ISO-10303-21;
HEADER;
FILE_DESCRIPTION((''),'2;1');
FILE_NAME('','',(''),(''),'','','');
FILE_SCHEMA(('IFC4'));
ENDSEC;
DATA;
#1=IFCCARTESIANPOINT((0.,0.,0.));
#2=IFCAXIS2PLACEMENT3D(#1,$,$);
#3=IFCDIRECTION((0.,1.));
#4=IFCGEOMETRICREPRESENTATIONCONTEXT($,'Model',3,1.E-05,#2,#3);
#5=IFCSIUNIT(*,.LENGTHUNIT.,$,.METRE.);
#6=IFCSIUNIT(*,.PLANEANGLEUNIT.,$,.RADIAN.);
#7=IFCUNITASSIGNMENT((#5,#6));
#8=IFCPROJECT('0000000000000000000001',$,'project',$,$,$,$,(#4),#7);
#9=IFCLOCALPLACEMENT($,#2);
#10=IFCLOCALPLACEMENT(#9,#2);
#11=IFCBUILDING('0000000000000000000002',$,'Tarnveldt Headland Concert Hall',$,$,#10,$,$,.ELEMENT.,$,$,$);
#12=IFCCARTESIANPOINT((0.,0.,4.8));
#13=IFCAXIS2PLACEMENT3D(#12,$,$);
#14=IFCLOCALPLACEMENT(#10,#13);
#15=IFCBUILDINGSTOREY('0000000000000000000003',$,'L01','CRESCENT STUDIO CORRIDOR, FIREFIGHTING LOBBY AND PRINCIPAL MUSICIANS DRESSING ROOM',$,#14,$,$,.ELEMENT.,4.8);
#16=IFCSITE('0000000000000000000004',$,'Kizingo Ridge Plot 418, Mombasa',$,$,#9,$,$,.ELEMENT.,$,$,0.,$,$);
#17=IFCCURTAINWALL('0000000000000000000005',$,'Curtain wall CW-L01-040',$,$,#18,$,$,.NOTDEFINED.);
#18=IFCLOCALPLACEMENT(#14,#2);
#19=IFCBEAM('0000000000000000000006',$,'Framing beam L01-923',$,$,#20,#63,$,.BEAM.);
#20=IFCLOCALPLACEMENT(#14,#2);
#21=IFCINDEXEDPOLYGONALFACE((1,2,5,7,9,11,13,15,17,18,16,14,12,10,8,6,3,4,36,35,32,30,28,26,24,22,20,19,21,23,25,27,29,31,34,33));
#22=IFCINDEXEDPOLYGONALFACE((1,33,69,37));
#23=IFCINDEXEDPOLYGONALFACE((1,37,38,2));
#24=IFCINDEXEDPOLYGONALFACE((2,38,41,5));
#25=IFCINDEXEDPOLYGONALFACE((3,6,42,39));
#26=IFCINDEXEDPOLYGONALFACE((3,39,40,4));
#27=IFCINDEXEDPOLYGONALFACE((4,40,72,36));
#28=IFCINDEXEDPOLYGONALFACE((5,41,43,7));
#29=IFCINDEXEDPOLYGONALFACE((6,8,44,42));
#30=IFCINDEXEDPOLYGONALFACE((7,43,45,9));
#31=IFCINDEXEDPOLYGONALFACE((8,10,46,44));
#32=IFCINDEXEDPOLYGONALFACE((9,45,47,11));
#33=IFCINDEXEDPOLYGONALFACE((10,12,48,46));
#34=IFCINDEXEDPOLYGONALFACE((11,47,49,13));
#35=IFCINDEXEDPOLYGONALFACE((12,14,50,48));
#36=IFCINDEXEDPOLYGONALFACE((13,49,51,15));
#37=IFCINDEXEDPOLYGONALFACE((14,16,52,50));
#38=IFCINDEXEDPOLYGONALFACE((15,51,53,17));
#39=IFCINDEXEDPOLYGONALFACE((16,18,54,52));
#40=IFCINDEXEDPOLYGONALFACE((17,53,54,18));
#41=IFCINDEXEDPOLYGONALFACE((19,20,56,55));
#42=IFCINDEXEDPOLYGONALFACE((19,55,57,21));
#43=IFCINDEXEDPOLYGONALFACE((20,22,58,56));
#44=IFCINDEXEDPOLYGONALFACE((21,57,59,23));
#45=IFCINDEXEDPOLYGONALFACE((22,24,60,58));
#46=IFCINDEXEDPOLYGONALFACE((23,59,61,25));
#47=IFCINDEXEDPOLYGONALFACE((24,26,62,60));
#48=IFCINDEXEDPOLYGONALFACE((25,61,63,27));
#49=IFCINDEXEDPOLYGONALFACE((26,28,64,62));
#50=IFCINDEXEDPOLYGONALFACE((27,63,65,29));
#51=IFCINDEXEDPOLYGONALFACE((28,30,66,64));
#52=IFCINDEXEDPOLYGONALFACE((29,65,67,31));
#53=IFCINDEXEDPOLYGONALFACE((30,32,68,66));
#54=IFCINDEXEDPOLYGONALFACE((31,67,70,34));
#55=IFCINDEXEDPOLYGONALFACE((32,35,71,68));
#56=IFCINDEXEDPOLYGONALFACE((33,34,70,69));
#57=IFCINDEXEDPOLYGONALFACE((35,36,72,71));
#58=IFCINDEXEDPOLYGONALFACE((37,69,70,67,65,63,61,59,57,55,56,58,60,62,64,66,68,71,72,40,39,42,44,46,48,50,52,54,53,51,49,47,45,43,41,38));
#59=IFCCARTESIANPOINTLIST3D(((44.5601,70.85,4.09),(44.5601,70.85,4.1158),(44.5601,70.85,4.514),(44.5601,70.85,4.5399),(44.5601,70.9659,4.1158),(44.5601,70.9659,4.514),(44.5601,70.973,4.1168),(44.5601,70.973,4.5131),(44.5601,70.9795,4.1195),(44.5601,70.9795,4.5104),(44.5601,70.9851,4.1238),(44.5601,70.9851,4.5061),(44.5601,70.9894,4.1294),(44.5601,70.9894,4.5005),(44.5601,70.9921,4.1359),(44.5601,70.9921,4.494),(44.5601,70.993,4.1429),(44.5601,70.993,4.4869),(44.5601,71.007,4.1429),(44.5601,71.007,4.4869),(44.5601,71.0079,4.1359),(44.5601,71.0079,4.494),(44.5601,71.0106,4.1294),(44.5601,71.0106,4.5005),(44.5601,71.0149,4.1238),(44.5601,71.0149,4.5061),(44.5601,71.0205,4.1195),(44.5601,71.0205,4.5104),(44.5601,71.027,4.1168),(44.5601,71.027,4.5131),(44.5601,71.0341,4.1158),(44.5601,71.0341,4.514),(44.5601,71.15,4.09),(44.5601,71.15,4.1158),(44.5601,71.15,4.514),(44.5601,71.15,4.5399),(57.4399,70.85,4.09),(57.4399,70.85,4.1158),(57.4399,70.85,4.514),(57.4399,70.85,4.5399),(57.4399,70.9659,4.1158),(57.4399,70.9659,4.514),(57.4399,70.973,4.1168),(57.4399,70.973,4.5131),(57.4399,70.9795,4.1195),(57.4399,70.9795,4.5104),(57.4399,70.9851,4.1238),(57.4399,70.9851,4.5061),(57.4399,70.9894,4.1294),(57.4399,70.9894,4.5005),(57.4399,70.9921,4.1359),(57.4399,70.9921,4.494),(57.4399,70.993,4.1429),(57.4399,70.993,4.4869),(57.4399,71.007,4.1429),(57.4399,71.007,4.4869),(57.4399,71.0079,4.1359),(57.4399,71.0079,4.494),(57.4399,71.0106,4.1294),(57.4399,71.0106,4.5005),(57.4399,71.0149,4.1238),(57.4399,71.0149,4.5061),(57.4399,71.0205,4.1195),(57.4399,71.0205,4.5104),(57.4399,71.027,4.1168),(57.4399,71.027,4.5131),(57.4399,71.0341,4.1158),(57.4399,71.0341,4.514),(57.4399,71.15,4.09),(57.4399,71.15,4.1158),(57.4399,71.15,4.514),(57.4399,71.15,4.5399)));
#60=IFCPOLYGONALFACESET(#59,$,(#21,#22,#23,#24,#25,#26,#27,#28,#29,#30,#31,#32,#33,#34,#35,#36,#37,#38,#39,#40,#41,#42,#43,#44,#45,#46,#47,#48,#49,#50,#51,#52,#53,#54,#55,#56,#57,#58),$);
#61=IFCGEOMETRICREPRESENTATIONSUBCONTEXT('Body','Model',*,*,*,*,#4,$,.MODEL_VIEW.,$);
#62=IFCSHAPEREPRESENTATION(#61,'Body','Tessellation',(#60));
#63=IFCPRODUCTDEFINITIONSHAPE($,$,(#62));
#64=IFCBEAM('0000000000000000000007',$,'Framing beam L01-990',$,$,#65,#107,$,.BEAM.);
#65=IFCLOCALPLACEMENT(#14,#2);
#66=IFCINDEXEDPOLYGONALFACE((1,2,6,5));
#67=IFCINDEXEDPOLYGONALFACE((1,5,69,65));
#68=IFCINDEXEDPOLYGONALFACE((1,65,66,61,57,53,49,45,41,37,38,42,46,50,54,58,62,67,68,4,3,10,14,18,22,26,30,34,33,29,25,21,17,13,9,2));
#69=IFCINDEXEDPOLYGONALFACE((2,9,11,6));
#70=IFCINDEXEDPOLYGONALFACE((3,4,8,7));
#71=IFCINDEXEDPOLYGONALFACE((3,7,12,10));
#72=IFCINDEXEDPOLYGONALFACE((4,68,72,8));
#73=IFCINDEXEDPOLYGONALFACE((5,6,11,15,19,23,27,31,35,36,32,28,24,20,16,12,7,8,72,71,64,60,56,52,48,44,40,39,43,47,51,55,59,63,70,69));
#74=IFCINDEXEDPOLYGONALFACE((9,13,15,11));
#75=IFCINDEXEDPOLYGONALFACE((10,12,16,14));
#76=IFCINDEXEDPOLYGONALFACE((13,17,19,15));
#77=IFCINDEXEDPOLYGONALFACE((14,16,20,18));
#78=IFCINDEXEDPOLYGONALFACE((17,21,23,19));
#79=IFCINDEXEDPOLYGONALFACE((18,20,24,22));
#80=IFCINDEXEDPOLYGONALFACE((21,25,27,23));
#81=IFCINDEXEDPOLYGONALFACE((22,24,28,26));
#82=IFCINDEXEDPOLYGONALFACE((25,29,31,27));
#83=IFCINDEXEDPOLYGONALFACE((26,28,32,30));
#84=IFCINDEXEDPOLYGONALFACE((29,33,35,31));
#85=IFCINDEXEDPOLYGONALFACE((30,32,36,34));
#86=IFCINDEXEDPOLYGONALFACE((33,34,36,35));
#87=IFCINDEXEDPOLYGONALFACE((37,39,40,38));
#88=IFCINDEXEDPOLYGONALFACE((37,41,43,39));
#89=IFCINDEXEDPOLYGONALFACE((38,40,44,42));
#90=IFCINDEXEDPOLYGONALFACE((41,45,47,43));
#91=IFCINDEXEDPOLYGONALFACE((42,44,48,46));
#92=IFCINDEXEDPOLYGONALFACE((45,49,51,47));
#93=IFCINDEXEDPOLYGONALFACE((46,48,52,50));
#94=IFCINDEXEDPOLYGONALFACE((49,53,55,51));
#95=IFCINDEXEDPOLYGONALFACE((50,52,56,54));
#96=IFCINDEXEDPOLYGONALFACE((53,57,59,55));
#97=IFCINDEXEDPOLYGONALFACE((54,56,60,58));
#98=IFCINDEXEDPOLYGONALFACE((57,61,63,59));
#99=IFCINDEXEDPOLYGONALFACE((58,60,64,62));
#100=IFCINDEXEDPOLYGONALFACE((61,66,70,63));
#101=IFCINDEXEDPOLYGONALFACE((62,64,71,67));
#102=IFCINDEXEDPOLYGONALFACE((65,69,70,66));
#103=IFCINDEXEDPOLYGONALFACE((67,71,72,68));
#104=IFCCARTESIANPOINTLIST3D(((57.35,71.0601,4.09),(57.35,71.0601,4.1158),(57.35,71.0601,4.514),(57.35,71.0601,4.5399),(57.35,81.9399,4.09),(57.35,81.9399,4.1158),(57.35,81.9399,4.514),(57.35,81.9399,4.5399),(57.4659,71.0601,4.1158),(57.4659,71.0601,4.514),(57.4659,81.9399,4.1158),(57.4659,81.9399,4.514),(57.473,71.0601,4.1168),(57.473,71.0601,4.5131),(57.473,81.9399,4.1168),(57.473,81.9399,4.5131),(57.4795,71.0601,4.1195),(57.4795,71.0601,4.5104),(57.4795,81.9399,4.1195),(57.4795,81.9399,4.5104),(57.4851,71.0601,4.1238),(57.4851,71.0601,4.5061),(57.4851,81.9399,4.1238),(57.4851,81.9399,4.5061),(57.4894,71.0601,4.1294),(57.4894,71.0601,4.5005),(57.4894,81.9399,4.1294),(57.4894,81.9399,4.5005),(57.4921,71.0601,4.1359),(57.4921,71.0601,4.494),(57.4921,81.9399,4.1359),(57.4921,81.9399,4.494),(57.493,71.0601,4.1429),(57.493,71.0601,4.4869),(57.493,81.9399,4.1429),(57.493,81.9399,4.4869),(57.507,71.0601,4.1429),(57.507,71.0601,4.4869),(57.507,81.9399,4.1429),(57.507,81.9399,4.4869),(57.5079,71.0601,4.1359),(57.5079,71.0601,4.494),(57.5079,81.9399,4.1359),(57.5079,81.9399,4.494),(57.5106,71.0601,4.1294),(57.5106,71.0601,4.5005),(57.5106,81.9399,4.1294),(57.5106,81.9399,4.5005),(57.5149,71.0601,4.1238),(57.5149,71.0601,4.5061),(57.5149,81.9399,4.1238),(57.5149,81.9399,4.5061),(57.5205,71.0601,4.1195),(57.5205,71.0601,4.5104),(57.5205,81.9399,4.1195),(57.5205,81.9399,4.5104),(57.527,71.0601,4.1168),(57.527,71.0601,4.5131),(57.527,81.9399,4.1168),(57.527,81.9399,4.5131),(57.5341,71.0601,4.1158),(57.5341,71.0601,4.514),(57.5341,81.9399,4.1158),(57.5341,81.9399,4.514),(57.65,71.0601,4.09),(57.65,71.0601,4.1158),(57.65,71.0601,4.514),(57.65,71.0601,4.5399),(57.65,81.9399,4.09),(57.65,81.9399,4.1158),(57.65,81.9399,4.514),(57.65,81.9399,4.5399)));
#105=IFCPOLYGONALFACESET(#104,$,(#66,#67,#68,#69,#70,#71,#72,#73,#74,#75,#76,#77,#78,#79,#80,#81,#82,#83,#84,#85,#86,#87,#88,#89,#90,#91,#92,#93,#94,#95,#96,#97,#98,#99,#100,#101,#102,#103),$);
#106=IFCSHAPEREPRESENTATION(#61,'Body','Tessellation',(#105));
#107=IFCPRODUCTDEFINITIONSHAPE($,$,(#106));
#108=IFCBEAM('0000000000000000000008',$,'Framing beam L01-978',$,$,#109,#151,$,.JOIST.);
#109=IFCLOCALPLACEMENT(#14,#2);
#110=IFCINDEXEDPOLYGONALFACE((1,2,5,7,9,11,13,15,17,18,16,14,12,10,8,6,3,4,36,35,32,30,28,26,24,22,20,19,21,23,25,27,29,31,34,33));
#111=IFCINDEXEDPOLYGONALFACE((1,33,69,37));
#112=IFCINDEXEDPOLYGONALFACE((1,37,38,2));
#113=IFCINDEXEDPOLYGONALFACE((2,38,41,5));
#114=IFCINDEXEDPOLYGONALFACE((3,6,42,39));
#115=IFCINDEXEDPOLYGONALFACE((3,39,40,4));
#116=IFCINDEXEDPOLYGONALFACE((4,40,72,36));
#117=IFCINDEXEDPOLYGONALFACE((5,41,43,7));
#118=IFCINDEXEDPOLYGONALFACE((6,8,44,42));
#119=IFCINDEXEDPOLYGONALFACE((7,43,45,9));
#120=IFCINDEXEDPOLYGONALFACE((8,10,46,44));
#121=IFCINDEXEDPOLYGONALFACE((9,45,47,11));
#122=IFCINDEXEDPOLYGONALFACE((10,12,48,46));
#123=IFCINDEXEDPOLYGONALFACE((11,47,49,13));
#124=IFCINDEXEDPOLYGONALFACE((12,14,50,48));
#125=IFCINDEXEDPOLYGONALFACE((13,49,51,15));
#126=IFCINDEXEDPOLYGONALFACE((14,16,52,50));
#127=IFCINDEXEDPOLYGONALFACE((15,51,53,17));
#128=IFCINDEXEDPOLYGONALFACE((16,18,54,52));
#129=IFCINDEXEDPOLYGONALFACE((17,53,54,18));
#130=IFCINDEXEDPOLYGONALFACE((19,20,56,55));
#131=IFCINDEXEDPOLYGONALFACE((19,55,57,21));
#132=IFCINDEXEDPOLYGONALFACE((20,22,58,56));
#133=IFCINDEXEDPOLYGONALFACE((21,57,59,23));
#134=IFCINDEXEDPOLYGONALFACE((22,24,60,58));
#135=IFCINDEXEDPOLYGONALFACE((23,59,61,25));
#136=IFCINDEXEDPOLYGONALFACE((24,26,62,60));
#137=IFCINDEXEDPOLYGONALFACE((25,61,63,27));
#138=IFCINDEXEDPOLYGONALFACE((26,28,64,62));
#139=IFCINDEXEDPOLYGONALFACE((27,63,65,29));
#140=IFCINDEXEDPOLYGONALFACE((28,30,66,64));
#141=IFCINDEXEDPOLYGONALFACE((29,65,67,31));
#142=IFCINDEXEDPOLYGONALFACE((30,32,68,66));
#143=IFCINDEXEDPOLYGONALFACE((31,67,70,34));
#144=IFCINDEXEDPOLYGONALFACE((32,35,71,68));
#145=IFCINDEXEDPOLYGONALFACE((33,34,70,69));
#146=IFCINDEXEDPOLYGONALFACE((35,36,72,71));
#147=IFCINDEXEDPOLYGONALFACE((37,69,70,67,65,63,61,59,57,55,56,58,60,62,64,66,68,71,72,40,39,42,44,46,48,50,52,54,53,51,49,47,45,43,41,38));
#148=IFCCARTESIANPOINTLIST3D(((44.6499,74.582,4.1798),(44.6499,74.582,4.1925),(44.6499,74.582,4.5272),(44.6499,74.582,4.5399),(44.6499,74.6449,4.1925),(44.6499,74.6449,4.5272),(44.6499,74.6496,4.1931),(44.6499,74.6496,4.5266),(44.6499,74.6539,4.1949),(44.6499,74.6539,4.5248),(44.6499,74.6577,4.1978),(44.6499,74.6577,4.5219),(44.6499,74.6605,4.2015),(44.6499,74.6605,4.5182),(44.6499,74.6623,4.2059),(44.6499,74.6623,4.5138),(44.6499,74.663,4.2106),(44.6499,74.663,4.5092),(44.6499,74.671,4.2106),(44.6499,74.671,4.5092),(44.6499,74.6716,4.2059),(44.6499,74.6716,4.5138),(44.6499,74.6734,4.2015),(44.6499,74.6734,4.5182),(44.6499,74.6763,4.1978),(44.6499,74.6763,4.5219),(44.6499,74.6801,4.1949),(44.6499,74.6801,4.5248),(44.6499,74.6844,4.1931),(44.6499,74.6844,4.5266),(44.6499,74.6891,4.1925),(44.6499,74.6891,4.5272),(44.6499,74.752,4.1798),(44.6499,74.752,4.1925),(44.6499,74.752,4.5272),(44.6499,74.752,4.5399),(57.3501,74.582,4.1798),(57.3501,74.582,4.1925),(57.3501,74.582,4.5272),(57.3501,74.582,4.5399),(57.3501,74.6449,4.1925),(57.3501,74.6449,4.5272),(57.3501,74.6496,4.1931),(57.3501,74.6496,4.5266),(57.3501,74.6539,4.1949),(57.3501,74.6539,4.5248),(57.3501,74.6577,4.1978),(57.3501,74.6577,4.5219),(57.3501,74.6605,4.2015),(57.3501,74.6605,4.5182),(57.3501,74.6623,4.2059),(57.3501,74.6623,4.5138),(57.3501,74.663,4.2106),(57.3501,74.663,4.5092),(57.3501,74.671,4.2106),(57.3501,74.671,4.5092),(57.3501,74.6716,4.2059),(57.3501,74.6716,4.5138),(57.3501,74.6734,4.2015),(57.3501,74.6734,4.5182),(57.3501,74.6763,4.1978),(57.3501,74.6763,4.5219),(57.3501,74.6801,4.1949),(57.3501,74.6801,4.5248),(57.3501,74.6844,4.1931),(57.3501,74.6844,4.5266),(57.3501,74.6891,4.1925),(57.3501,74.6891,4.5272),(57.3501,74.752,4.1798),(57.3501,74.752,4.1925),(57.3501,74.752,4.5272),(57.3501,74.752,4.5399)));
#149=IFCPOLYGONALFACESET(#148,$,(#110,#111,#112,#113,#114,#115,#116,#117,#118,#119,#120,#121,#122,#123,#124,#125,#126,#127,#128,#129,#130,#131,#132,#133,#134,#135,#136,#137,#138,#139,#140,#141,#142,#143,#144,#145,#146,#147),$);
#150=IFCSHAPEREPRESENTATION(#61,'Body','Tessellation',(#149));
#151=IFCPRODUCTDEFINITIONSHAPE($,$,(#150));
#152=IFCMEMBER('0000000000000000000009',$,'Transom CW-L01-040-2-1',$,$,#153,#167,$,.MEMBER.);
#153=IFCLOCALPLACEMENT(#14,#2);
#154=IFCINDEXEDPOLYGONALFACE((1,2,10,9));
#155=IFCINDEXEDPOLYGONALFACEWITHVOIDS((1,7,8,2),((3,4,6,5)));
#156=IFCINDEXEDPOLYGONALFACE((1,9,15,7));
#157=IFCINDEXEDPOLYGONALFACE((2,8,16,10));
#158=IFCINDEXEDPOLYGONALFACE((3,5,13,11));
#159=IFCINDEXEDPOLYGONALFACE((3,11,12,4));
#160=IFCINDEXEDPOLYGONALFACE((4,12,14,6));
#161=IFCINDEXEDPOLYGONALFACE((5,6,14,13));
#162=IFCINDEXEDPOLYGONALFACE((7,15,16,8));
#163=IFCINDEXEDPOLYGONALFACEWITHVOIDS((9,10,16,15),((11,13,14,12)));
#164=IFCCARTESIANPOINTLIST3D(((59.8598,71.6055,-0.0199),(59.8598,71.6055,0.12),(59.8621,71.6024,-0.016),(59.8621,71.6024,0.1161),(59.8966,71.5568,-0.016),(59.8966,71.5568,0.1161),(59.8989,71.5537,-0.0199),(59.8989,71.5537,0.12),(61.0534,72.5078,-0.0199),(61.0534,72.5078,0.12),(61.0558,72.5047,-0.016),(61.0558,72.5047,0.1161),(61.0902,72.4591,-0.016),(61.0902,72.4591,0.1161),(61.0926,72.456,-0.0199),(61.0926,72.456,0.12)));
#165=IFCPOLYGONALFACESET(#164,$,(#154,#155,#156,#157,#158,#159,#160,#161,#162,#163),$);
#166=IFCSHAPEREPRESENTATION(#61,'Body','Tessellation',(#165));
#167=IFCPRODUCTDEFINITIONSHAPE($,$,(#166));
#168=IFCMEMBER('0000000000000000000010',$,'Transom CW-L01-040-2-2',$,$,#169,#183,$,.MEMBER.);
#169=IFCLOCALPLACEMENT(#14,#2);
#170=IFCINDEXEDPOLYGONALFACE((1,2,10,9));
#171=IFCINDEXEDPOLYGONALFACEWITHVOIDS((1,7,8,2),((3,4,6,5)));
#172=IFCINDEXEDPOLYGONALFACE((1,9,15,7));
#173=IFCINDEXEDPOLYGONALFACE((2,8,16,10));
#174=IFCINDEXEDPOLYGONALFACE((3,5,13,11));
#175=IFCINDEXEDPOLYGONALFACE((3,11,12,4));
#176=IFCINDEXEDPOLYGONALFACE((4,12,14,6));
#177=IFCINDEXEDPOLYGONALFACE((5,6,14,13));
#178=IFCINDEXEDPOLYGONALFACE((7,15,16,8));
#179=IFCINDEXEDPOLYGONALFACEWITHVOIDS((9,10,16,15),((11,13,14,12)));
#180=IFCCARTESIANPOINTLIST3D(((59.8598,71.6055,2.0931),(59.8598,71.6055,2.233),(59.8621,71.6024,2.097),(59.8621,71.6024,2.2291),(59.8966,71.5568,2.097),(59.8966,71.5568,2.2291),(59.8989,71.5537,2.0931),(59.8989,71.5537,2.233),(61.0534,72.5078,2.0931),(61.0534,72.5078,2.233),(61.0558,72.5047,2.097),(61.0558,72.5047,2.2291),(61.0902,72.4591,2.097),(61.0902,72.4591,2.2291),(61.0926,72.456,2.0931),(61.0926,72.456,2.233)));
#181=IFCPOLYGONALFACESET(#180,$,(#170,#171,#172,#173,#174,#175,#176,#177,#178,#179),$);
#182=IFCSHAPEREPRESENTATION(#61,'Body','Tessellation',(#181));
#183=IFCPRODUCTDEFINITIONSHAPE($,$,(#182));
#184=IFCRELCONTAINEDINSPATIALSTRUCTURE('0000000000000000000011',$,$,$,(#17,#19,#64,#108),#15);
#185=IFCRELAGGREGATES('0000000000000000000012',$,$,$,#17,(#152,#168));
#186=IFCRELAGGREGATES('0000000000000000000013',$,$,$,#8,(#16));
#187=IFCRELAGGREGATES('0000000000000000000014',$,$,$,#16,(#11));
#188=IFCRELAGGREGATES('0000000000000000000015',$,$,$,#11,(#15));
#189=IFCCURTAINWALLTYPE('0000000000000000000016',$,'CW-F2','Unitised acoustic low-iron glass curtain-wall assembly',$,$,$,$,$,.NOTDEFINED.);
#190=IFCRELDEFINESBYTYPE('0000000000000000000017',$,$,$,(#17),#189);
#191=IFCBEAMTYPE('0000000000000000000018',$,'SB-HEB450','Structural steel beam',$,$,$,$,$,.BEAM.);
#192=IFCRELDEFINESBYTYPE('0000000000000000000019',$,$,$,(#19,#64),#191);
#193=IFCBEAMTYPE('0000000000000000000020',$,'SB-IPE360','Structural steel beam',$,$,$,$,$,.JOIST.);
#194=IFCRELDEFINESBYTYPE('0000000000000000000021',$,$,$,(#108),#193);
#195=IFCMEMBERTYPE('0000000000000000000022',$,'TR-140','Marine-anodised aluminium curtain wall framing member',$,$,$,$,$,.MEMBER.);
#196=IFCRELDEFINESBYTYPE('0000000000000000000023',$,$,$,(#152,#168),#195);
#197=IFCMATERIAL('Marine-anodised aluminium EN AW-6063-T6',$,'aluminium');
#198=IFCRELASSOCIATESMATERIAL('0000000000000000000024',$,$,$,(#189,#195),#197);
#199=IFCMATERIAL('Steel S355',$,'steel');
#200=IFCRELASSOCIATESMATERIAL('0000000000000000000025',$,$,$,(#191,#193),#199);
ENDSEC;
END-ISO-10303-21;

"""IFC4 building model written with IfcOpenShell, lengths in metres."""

from ifc_helpers import new_model, si_unit, direction, frame, origin, origin_2d, place, context, subcontext, project, spatial, hollow_rectangle, i_section, extrude, material, material_profile, profile_set, type_object, element, aggregate, save


model = new_model("IFC4")

# Units and contexts
model_context = context("Model", 3, precision=1e-05, world=origin(), true_north=direction((0.0, 1.0)))
body_context = subcontext(model_context, "Body", "Model", "MODEL_VIEW")
ifc_project = project(units=[si_unit("LENGTHUNIT", "METRE"), si_unit("PLANEANGLEUNIT", "RADIAN")], contexts=[model_context])

# Site, building, storey
site_placement = place(None, origin())
site = spatial("IfcSite", under=ifc_project, at=site_placement, Name="Kizingo Ridge Plot 418, Mombasa", CompositionType="ELEMENT", RefElevation=0.0)
building_placement = place(site_placement, origin())
building = spatial("IfcBuilding", under=site, at=building_placement, Name="Tarnveldt Headland Concert Hall", CompositionType="ELEMENT")
storey_placement = place(building_placement, frame((0.0, 0.0, 4.8)))
storey = spatial("IfcBuildingStorey", under=building, at=storey_placement, Name="L01", Description="CRESCENT STUDIO CORRIDOR, FIREFIGHTING LOBBY AND PRINCIPAL MUSICIANS DRESSING ROOM", CompositionType="ELEMENT", Elevation=4.8)

# Shared definitions
ifc_material_1 = material(Name="Steel S355", Category="steel")

# Curtain wall
ifc_material_2 = material(Name="Marine-anodised aluminium EN AW-6063-T6", Category="aluminium")
curtain_wall_type = type_object("IfcCurtainWallType", Name="CW-F2", Description="Unitised acoustic low-iron glass curtain-wall assembly", PredefinedType="NOTDEFINED", material=ifc_material_2)
curtain_wall_1_placement = place(storey_placement, origin())
curtain_wall_1 = element("IfcCurtainWall", 1, at=curtain_wall_1_placement, inside=storey, type_object=curtain_wall_type, Name="Curtain wall CW-L01-040", PredefinedType="NOTDEFINED")

# Beams
ifc_material_profile_1 = material_profile(ifc_material_1, i_section(OverallWidth=0.3, OverallDepth=0.45, WebThickness=0.0139, FlangeThickness=0.0259, FilletRadius=0.0271, at=origin_2d()), Name="HEB450", Category="steel")
ifc_profile_set_1 = profile_set([ifc_material_profile_1], Name="Steel S355")
beam_type_1 = type_object("IfcBeamType", Name="SB-HEB450", Description="Structural steel beam", PredefinedType="BEAM", material=ifc_profile_set_1)
beam_1_placement = place(storey_placement, frame((44.5601, 71.0, 4.3149), z_axis=(1.0, 0.0, 0.0), x_axis=(0.0, 1.0, 0.0)))
element("IfcBeam", 2, at=beam_1_placement, inside=storey, type_object=beam_type_1, Name="Framing beam L01-923", PredefinedType="BEAM", context=body_context, shape_type="SweptSolid", body=[
    extrude(i_section(OverallWidth=0.3, OverallDepth=0.45, WebThickness=0.0139, FlangeThickness=0.0259, FilletRadius=0.0271, at=origin_2d()), origin(), (0.0, 0.0, 1.0), 12.8799),
])
beam_2_placement = place(storey_placement, frame((57.5, 71.0601, 4.3149), z_axis=(0.0, 1.0, 0.0), x_axis=(-1.0, 0.0, 0.0)))
element("IfcBeam", 3, at=beam_2_placement, inside=storey, type_object=beam_type_1, Name="Framing beam L01-990", PredefinedType="BEAM", context=body_context, shape_type="SweptSolid", body=[
    extrude(i_section(OverallWidth=0.3, OverallDepth=0.45, WebThickness=0.0139, FlangeThickness=0.0259, FilletRadius=0.0271, at=origin_2d()), origin(), (0.0, 0.0, 1.0), 10.8799),
])
ifc_material_profile_2 = material_profile(ifc_material_1, i_section(OverallWidth=0.1699, OverallDepth=0.3601, WebThickness=0.0081, FlangeThickness=0.0127, FilletRadius=0.0181, at=origin_2d()), Name="IPE360", Category="steel")
ifc_profile_set_2 = profile_set([ifc_material_profile_2], Name="Steel S355")
beam_type_2 = type_object("IfcBeamType", Name="SB-IPE360", Description="Structural steel beam", PredefinedType="JOIST", material=ifc_profile_set_2)
beam_3_placement = place(storey_placement, frame((44.6499, 74.667, 4.3599), z_axis=(1.0, 0.0, 0.0), x_axis=(0.0, 1.0, 0.0)))
element("IfcBeam", 4, at=beam_3_placement, inside=storey, type_object=beam_type_2, Name="Framing beam L01-978", PredefinedType="JOIST", context=body_context, shape_type="SweptSolid", body=[
    extrude(i_section(OverallWidth=0.1699, OverallDepth=0.3601, WebThickness=0.0081, FlangeThickness=0.0127, FilletRadius=0.0181, at=origin_2d()), origin(), (0.0, 0.0, 1.0), 12.7002),
])

# Members
ifc_material_profile_3 = material_profile(ifc_material_2, hollow_rectangle(XDim=0.0649, YDim=0.1399, WallThickness=0.0039, at=origin_2d()), Name="ALU TRANSOM 65x140x4", Category="aluminium")
ifc_profile_set_3 = profile_set([ifc_material_profile_3], Name="Marine-anodised aluminium EN AW-6063-T6")
member_type_1 = type_object("IfcMemberType", Name="TR-140", Description="Marine-anodised aluminium curtain wall framing member", PredefinedType="MEMBER", material=ifc_profile_set_3)
member_1_placement = place(storey_placement, frame((61.073, 72.4819, 0.05), z_axis=(-0.797703, -0.60305, 0.0), x_axis=(0.60305, -0.797703, 0.0)))
member_1 = element("IfcMember", 5, at=member_1_placement, type_object=member_type_1, Name="Transom CW-L01-040-2-1", PredefinedType="MEMBER", context=body_context, shape_type="SweptSolid", body=[
    extrude(hollow_rectangle(XDim=0.0649, YDim=0.1399, WallThickness=0.0039, at=origin_2d()), origin(), (0.0, 0.0, 1.0), 1.4963),
])
member_2_placement = place(storey_placement, frame((61.073, 72.4819, 2.1631), z_axis=(-0.797703, -0.60305, 0.0), x_axis=(0.60305, -0.797703, 0.0)))
member_2 = element("IfcMember", 6, at=member_2_placement, type_object=member_type_1, Name="Transom CW-L01-040-2-2", PredefinedType="MEMBER", context=body_context, shape_type="SweptSolid", body=[
    extrude(hollow_rectangle(XDim=0.0649, YDim=0.1399, WallThickness=0.0039, at=origin_2d()), origin(), (0.0, 0.0, 1.0), 1.4963),
])

aggregate(curtain_wall_1, [member_1, member_2])

save(model, "model.ifc")
